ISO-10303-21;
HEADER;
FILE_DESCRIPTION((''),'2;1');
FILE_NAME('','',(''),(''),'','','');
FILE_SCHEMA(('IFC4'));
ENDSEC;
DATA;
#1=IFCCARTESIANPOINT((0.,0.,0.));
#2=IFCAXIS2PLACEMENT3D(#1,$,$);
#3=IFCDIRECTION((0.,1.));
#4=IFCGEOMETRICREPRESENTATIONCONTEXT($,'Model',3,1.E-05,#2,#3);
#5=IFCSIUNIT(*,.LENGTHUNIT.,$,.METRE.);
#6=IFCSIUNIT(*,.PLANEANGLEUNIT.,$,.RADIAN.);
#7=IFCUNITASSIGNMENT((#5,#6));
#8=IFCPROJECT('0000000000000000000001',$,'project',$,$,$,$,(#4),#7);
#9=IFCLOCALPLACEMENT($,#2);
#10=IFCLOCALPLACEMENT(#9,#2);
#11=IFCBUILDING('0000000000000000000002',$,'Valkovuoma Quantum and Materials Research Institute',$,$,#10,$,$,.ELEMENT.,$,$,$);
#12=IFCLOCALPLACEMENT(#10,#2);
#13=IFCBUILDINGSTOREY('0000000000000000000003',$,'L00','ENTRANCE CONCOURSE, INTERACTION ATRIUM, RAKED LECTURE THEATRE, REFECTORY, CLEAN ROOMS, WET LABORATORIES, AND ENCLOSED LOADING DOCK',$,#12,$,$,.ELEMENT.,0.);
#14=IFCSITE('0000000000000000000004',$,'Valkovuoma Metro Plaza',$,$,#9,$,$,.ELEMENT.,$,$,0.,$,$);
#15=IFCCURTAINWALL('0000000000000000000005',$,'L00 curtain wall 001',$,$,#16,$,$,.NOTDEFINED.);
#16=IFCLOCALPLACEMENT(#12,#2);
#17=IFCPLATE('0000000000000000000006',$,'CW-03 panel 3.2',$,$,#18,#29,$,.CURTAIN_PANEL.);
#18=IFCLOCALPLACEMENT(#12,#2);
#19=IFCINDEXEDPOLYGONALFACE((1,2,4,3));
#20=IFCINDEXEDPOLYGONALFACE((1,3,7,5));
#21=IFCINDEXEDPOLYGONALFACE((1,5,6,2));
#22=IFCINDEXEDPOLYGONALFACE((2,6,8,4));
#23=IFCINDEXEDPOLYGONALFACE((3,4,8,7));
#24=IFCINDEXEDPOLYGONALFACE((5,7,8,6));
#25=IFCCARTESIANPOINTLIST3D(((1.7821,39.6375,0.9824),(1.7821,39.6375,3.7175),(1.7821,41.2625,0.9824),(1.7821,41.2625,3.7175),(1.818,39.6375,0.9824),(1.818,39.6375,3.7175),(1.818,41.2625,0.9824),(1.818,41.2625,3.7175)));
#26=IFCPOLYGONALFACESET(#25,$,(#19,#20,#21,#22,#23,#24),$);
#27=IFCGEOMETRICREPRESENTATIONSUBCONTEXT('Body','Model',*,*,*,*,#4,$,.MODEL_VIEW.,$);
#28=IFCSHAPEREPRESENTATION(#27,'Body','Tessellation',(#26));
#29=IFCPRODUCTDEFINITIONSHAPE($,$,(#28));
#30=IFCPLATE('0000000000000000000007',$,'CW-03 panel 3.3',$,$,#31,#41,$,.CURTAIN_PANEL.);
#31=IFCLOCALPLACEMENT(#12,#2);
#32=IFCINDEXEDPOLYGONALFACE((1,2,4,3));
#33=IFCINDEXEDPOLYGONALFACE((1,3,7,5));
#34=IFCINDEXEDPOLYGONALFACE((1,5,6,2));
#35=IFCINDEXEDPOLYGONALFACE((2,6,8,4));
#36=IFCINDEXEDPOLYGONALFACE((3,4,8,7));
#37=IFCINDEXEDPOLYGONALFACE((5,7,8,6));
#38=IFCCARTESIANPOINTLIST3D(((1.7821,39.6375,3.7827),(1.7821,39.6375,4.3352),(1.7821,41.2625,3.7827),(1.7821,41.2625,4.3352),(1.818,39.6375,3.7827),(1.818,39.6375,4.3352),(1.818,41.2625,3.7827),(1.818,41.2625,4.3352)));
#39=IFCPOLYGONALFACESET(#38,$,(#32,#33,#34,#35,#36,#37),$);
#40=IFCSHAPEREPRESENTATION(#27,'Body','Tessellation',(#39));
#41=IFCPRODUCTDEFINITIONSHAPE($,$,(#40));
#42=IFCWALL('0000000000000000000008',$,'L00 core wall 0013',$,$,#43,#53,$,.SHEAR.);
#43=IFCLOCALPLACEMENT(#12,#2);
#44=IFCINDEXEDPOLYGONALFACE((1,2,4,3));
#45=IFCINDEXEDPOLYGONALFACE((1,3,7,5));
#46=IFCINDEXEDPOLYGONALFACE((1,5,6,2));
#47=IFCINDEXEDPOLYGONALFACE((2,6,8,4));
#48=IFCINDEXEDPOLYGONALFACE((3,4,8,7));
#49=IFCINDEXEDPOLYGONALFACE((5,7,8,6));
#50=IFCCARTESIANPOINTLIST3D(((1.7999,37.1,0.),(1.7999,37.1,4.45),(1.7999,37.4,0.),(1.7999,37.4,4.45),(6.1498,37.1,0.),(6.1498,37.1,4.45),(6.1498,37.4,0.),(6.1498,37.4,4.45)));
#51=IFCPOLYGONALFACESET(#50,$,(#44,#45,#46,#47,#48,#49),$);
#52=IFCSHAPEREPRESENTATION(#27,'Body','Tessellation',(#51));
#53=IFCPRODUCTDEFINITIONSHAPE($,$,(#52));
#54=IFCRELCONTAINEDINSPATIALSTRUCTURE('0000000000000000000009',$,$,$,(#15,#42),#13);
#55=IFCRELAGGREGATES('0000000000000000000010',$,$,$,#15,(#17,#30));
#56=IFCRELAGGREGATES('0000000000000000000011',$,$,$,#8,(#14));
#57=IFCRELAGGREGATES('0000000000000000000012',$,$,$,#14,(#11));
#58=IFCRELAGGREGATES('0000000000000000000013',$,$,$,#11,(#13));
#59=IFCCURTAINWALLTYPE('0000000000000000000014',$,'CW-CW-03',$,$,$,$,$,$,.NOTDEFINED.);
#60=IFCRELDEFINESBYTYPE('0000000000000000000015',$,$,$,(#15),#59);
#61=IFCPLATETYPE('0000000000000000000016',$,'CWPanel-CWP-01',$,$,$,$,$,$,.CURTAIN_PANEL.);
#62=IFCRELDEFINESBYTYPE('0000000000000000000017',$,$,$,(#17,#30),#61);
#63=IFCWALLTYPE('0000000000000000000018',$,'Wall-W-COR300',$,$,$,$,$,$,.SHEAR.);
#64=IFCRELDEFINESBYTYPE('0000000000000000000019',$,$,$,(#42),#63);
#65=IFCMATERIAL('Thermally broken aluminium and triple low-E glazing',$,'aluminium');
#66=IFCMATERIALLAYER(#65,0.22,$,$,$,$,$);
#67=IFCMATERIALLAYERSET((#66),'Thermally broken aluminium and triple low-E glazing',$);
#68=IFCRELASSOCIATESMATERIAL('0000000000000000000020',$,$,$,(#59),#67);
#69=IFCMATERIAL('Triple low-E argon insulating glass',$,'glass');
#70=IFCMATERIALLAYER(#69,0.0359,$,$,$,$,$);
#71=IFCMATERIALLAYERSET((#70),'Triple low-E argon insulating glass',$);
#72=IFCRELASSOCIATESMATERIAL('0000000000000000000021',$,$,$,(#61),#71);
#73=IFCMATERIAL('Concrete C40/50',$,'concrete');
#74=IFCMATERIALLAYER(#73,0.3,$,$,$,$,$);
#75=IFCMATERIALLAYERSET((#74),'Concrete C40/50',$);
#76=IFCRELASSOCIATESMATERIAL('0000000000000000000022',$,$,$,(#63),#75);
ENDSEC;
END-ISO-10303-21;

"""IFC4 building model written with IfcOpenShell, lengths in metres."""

from ifc_helpers import new_model, si_unit, direction, frame, frame_2d, origin, origin_2d, place, context, subcontext, project, spatial, rectangle, extrude, material, layer, layer_set, type_object, element, aggregate, save


model = new_model("IFC4")

# Units and contexts
model_context = context("Model", 3, precision=1e-05, world=origin(), true_north=direction((0.0, 1.0)))
body_context = subcontext(model_context, "Body", "Model", "MODEL_VIEW")
ifc_project = project(units=[si_unit("LENGTHUNIT", "METRE"), si_unit("PLANEANGLEUNIT", "RADIAN")], contexts=[model_context])

# Site, building, storey
site_placement = place(None, origin())
site = spatial("IfcSite", under=ifc_project, at=site_placement, Name="Valkovuoma Metro Plaza", CompositionType="ELEMENT", RefElevation=0.0)
building_placement = place(site_placement, origin())
building = spatial("IfcBuilding", under=site, at=building_placement, Name="Valkovuoma Quantum and Materials Research Institute", CompositionType="ELEMENT")
storey_placement = place(building_placement, origin())
storey = spatial("IfcBuildingStorey", under=building, at=storey_placement, Name="L00", Description="ENTRANCE CONCOURSE, INTERACTION ATRIUM, RAKED LECTURE THEATRE, REFECTORY, CLEAN ROOMS, WET LABORATORIES, AND ENCLOSED LOADING DOCK", CompositionType="ELEMENT", Elevation=0.0)

# Shared definitions
ifc_material_1 = material(Name="Thermally broken aluminium and triple low-E glazing", Category="aluminium")
ifc_layer_1 = layer(ifc_material_1, 0.22)
ifc_layer_set_1 = layer_set([ifc_layer_1], Name="Thermally broken aluminium and triple low-E glazing")
curtain_wall_type = type_object("IfcCurtainWallType", Name="CW-CW-03", PredefinedType="NOTDEFINED", material=ifc_layer_set_1)

# Curtain wall, plates
curtain_wall_1_placement = place(storey_placement, origin())
curtain_wall_1 = element("IfcCurtainWall", 1, at=curtain_wall_1_placement, inside=storey, type_object=curtain_wall_type, Name="L00 curtain wall 001", PredefinedType="NOTDEFINED")
ifc_material_2 = material(Name="Triple low-E argon insulating glass", Category="glass")
ifc_layer_2 = layer(ifc_material_2, 0.0359)
ifc_layer_set_2 = layer_set([ifc_layer_2], Name="Triple low-E argon insulating glass")
plate_type = type_object("IfcPlateType", Name="CWPanel-CWP-01", PredefinedType="CURTAIN_PANEL", material=ifc_layer_set_2)
plate_1_placement = place(storey_placement, frame((1.8, 40.45, 0.9824), z_axis=(0.0, 0.0, 1.0), x_axis=(0.0, 1.0, 0.0)))
plate_1 = element("IfcPlate", 2, at=plate_1_placement, type_object=plate_type, Name="CW-03 panel 3.2", PredefinedType="CURTAIN_PANEL", context=body_context, shape_type="SweptSolid", body=[
    extrude(rectangle(XDim=1.625, YDim=0.0359, at=origin_2d()), origin(), (0.0, 0.0, 1.0), 2.7351),
])
plate_2_placement = place(storey_placement, frame((1.8, 40.45, 3.7827), z_axis=(0.0, 0.0, 1.0), x_axis=(0.0, 1.0, 0.0)))
plate_2 = element("IfcPlate", 3, at=plate_2_placement, type_object=plate_type, Name="CW-03 panel 3.3", PredefinedType="CURTAIN_PANEL", context=body_context, shape_type="SweptSolid", body=[
    extrude(rectangle(XDim=1.625, YDim=0.0359, at=origin_2d()), origin(), (0.0, 0.0, 1.0), 0.5525),
])
aggregate(curtain_wall_1, [plate_1, plate_2])

# Wall
ifc_material_3 = material(Name="Concrete C40/50", Category="concrete")
ifc_layer_3 = layer(ifc_material_3, 0.3)
ifc_layer_set_3 = layer_set([ifc_layer_3], Name="Concrete C40/50")
wall_type = type_object("IfcWallType", Name="Wall-W-COR300", PredefinedType="SHEAR", material=ifc_layer_set_3)
wall_placement = place(storey_placement, frame((1.8, 37.25, 0.0), z_axis=(0.0, 0.0, 1.0), x_axis=(1.0, 0.0, 0.0)))
element("IfcWall", 4, at=wall_placement, inside=storey, type_object=wall_type, Name="L00 core wall 0013", PredefinedType="SHEAR", context=body_context, shape_type="SweptSolid", body=[
    extrude(rectangle(XDim=4.3499, YDim=0.3, at=frame_2d((2.1748, 0.0))), origin(), (0.0, 0.0, 1.0), 4.45),
])

save(model, "model.ifc")
